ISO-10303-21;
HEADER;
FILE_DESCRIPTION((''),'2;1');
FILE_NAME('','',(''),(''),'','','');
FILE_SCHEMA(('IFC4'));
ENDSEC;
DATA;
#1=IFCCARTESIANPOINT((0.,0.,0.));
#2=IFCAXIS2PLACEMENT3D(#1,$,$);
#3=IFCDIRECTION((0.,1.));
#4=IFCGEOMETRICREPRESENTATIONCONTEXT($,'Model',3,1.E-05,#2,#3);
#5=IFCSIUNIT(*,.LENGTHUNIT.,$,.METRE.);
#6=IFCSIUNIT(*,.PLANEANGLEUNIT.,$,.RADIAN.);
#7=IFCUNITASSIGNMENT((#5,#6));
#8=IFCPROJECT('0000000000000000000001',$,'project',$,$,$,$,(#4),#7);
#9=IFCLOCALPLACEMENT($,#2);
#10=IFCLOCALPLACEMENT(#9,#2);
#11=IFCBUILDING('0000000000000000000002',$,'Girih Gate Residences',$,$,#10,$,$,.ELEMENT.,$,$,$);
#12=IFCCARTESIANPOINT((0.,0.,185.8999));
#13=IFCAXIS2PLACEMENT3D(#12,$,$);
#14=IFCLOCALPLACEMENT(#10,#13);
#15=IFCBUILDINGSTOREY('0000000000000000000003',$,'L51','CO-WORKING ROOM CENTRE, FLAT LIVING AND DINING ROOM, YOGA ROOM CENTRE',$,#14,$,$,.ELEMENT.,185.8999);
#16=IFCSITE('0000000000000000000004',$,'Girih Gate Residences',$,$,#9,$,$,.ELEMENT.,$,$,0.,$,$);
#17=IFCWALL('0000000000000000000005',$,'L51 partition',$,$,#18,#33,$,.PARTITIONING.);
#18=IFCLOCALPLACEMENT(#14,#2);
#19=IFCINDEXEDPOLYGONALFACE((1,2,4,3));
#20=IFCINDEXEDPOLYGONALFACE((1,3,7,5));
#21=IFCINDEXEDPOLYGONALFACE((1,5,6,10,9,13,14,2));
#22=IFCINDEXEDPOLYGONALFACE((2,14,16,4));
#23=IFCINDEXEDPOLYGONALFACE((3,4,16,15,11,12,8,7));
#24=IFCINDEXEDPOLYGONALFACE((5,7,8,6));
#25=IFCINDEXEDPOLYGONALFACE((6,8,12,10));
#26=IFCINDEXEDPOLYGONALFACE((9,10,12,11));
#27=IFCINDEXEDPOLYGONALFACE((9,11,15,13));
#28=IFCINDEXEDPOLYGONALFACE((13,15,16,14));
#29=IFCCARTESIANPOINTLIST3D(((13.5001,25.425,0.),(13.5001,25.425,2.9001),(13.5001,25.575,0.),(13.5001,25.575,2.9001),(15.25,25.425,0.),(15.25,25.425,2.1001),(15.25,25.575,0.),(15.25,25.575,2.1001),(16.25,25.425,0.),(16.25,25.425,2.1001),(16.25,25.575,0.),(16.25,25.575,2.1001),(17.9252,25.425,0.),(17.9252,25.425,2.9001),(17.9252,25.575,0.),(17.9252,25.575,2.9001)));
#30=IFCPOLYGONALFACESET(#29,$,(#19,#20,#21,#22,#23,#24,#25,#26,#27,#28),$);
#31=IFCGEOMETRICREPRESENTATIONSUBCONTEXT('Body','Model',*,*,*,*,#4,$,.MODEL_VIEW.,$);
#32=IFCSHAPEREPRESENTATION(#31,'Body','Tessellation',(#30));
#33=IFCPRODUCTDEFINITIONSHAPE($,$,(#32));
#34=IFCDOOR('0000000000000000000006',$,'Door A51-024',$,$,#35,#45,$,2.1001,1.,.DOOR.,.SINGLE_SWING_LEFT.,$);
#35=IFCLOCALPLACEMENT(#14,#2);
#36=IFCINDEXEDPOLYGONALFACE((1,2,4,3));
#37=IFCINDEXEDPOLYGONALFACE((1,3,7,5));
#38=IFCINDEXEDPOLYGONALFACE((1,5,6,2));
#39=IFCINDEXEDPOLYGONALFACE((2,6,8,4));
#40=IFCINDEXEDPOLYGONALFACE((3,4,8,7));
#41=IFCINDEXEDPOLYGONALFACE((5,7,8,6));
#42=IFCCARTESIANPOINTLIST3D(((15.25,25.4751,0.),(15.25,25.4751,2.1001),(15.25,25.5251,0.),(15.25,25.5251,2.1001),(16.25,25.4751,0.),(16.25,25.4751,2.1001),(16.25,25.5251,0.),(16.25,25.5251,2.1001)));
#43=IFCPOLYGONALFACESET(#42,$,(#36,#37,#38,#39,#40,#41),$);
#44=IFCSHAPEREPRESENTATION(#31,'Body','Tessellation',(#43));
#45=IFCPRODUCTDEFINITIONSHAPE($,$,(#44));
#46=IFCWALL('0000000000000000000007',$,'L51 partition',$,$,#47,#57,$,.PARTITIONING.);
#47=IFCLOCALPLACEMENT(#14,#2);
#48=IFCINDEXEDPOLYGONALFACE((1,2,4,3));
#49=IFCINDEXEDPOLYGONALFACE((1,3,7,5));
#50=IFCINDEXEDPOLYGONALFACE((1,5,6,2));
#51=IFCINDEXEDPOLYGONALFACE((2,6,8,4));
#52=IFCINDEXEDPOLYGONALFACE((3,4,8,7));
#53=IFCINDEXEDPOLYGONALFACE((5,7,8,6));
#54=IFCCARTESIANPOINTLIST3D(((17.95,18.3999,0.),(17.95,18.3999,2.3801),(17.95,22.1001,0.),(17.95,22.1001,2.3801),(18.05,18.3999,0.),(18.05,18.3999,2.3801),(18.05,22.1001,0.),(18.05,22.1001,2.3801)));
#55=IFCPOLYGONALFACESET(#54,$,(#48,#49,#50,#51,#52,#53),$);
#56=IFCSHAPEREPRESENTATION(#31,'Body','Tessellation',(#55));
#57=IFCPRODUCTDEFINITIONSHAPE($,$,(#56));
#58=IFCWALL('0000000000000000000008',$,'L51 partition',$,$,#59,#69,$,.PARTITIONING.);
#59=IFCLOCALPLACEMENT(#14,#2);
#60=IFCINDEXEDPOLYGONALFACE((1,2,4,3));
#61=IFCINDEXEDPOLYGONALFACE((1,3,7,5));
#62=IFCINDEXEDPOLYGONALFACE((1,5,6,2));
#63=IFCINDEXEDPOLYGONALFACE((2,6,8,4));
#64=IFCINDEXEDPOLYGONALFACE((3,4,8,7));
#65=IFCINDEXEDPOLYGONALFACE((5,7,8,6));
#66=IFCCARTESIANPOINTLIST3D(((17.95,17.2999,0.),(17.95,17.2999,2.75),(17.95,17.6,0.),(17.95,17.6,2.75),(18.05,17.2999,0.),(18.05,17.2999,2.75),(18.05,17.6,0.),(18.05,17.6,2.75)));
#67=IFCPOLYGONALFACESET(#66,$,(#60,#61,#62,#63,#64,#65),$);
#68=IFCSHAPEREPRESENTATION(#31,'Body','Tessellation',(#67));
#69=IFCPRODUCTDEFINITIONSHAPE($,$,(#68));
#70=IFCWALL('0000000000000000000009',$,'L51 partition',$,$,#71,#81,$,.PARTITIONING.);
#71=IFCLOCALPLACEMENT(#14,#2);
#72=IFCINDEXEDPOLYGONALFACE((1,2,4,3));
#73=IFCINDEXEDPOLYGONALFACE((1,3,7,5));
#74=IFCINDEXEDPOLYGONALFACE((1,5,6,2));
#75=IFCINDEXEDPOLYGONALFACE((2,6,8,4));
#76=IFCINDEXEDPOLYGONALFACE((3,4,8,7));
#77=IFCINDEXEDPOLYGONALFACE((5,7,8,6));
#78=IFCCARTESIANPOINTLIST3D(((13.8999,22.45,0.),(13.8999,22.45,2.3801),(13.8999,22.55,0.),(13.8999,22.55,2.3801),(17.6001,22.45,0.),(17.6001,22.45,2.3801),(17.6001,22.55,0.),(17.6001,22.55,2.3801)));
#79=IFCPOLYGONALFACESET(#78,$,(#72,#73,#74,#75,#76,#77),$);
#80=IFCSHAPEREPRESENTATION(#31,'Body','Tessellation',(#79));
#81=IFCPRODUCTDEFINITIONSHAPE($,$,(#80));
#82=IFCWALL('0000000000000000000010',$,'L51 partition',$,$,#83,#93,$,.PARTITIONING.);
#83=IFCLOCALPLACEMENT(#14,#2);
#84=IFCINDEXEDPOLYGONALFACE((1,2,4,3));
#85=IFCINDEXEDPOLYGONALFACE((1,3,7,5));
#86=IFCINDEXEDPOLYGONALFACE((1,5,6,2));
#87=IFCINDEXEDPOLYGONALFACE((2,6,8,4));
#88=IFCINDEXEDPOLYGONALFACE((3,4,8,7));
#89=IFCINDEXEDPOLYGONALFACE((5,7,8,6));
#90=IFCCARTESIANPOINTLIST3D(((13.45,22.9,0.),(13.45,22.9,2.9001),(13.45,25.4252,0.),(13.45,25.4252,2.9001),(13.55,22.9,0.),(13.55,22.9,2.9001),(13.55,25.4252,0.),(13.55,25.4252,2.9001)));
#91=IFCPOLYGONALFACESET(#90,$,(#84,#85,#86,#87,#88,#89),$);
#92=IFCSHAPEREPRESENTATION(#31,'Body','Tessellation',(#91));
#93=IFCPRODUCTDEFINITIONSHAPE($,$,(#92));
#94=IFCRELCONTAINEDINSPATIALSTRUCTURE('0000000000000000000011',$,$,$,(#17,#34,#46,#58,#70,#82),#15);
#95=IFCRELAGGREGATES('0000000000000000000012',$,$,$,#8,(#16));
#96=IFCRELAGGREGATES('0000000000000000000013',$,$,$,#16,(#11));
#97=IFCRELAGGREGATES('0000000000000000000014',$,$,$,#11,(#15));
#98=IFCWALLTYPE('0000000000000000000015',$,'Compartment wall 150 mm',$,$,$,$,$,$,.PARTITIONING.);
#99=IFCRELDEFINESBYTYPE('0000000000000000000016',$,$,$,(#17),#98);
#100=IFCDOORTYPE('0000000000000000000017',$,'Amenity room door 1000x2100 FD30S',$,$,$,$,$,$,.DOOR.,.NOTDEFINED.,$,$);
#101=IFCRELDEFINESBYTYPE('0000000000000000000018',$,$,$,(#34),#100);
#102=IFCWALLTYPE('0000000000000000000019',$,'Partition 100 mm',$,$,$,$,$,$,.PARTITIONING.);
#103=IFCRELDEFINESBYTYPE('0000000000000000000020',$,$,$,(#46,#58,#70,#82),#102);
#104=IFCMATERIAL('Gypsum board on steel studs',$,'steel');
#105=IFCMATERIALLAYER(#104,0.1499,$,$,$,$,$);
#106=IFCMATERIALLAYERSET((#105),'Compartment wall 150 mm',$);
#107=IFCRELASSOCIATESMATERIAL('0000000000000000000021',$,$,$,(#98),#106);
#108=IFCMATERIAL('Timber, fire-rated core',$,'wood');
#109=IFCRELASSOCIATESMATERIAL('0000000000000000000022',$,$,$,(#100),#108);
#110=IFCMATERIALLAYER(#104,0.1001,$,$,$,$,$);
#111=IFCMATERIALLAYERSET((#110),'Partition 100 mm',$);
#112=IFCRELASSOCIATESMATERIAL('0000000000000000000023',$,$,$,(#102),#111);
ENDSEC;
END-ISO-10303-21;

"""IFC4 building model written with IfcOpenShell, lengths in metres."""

from ifc_helpers import new_model, si_unit, direction, frame, frame_2d, origin, place, context, subcontext, project, spatial, rectangle, extrude, material, layer, layer_set, type_object, element, fill, save


model = new_model("IFC4")

# Units and contexts
model_context = context("Model", 3, precision=1e-05, world=origin(), true_north=direction((0.0, 1.0)))
body_context = subcontext(model_context, "Body", "Model", "MODEL_VIEW")
ifc_project = project(units=[si_unit("LENGTHUNIT", "METRE"), si_unit("PLANEANGLEUNIT", "RADIAN")], contexts=[model_context])

# Site, building, storey
site_placement = place(None, origin())
site = spatial("IfcSite", under=ifc_project, at=site_placement, Name="Girih Gate Residences", CompositionType="ELEMENT", RefElevation=0.0)
building_placement = place(site_placement, origin())
building = spatial("IfcBuilding", under=site, at=building_placement, Name="Girih Gate Residences", CompositionType="ELEMENT")
storey_placement = place(building_placement, frame((0.0, 0.0, 185.8999)))
storey = spatial("IfcBuildingStorey", under=building, at=storey_placement, Name="L51", Description="CO-WORKING ROOM CENTRE, FLAT LIVING AND DINING ROOM, YOGA ROOM CENTRE", CompositionType="ELEMENT", Elevation=185.8999)

# Shared definitions
ifc_material_1 = material(Name="Gypsum board on steel studs", Category="steel")
ifc_layer_1 = layer(ifc_material_1, 0.1499)
ifc_layer_set_1 = layer_set([ifc_layer_1], Name="Compartment wall 150 mm")
wall_type_1 = type_object("IfcWallType", Name="Compartment wall 150 mm", PredefinedType="PARTITIONING", material=ifc_layer_set_1)

# Wall, opening, door
ifc_material_2 = material(Name="Timber, fire-rated core", Category="wood")
door_type = type_object("IfcDoorType", Name="Amenity room door 1000x2100 FD30S", OperationType="NOTDEFINED", PredefinedType="DOOR", material=ifc_material_2)
wall_1_placement = place(storey_placement, frame((17.925, 25.5, 0.0), z_axis=(0.0, 0.0, 1.0), x_axis=(-1.0, 0.0, 0.0)))
wall_1 = element("IfcWall", 1, at=wall_1_placement, inside=storey, type_object=wall_type_1, Name="L51 partition", PredefinedType="PARTITIONING", context=body_context, shape_type="SweptSolid", body=[
    extrude(rectangle(XDim=4.425, YDim=0.1499, at=frame_2d((2.2124, 0.0))), origin(), (0.0, 0.0, 1.0), 2.9001),
])
opening_1_placement = place(wall_1_placement, frame((1.675, 0.0, 0.0)))
opening_1 = element("IfcOpeningElement", 2, at=opening_1_placement, cuts=wall_1, PredefinedType="OPENING", context=body_context, shape_type="SweptSolid", body=[
    extrude(rectangle(XDim=1.0, YDim=2.1001, at=frame_2d((0.5, 1.05))), frame((0.0, 0.085, 0.0), z_axis=(0.0, -1.0, 0.0), x_axis=(1.0, 0.0, 0.0)), (0.0, 0.0, 1.0), 0.1699),
])
door_1_placement = place(opening_1_placement, origin())
door_1 = element("IfcDoor", 3, at=door_1_placement, inside=storey, type_object=door_type, Name="Door A51-024", OperationType="SINGLE_SWING_LEFT", OverallHeight=2.1001, OverallWidth=1.0, PredefinedType="DOOR", context=body_context, shape_type="SweptSolid", body=[
    extrude(rectangle(XDim=1.0, YDim=2.1001, at=frame_2d((0.5, 1.05))), frame((0.0, 0.0249, 0.0), z_axis=(0.0, -1.0, 0.0), x_axis=(1.0, 0.0, 0.0)), (0.0, 0.0, 1.0), 0.05),
])
fill(opening_1, door_1)

# Walls
ifc_layer_2 = layer(ifc_material_1, 0.1001)
ifc_layer_set_2 = layer_set([ifc_layer_2], Name="Partition 100 mm")
wall_type_2 = type_object("IfcWallType", Name="Partition 100 mm", PredefinedType="PARTITIONING", material=ifc_layer_set_2)
wall_2_placement = place(storey_placement, frame((18.0, 18.3999, 0.0), z_axis=(0.0, 0.0, 1.0), x_axis=(0.0, 1.0, 0.0)))
element("IfcWall", 4, at=wall_2_placement, inside=storey, type_object=wall_type_2, Name="L51 partition", PredefinedType="PARTITIONING", context=body_context, shape_type="SweptSolid", body=[
    extrude(rectangle(XDim=3.7002, YDim=0.1001, at=frame_2d((1.8501, 0.0))), origin(), (0.0, 0.0, 1.0), 2.3801),
])
wall_3_placement = place(storey_placement, frame((18.0, 17.3, 0.0), z_axis=(0.0, 0.0, 1.0), x_axis=(0.0, 1.0, 0.0)))
element("IfcWall", 5, at=wall_3_placement, inside=storey, type_object=wall_type_2, Name="L51 partition", PredefinedType="PARTITIONING", context=body_context, shape_type="SweptSolid", body=[
    extrude(rectangle(XDim=0.3, YDim=0.1001, at=frame_2d((0.1499, 0.0))), origin(), (0.0, 0.0, 1.0), 2.75),
])
wall_4_placement = place(storey_placement, frame((13.8999, 22.5, 0.0), z_axis=(0.0, 0.0, 1.0), x_axis=(1.0, 0.0, 0.0)))
element("IfcWall", 6, at=wall_4_placement, inside=storey, type_object=wall_type_2, Name="L51 partition", PredefinedType="PARTITIONING", context=body_context, shape_type="SweptSolid", body=[
    extrude(rectangle(XDim=3.7002, YDim=0.1001, at=frame_2d((1.8501, 0.0))), origin(), (0.0, 0.0, 1.0), 2.3801),
])
wall_5_placement = place(storey_placement, frame((13.5, 22.8999, 0.0), z_axis=(0.0, 0.0, 1.0), x_axis=(0.0, 1.0, 0.0)))
element("IfcWall", 7, at=wall_5_placement, inside=storey, type_object=wall_type_2, Name="L51 partition", PredefinedType="PARTITIONING", context=body_context, shape_type="SweptSolid", body=[
    extrude(rectangle(XDim=2.5251, YDim=0.1001, at=frame_2d((1.2627, 0.0))), origin(), (0.0, 0.0, 1.0), 2.9001),
])

save(model, "model.ifc")
